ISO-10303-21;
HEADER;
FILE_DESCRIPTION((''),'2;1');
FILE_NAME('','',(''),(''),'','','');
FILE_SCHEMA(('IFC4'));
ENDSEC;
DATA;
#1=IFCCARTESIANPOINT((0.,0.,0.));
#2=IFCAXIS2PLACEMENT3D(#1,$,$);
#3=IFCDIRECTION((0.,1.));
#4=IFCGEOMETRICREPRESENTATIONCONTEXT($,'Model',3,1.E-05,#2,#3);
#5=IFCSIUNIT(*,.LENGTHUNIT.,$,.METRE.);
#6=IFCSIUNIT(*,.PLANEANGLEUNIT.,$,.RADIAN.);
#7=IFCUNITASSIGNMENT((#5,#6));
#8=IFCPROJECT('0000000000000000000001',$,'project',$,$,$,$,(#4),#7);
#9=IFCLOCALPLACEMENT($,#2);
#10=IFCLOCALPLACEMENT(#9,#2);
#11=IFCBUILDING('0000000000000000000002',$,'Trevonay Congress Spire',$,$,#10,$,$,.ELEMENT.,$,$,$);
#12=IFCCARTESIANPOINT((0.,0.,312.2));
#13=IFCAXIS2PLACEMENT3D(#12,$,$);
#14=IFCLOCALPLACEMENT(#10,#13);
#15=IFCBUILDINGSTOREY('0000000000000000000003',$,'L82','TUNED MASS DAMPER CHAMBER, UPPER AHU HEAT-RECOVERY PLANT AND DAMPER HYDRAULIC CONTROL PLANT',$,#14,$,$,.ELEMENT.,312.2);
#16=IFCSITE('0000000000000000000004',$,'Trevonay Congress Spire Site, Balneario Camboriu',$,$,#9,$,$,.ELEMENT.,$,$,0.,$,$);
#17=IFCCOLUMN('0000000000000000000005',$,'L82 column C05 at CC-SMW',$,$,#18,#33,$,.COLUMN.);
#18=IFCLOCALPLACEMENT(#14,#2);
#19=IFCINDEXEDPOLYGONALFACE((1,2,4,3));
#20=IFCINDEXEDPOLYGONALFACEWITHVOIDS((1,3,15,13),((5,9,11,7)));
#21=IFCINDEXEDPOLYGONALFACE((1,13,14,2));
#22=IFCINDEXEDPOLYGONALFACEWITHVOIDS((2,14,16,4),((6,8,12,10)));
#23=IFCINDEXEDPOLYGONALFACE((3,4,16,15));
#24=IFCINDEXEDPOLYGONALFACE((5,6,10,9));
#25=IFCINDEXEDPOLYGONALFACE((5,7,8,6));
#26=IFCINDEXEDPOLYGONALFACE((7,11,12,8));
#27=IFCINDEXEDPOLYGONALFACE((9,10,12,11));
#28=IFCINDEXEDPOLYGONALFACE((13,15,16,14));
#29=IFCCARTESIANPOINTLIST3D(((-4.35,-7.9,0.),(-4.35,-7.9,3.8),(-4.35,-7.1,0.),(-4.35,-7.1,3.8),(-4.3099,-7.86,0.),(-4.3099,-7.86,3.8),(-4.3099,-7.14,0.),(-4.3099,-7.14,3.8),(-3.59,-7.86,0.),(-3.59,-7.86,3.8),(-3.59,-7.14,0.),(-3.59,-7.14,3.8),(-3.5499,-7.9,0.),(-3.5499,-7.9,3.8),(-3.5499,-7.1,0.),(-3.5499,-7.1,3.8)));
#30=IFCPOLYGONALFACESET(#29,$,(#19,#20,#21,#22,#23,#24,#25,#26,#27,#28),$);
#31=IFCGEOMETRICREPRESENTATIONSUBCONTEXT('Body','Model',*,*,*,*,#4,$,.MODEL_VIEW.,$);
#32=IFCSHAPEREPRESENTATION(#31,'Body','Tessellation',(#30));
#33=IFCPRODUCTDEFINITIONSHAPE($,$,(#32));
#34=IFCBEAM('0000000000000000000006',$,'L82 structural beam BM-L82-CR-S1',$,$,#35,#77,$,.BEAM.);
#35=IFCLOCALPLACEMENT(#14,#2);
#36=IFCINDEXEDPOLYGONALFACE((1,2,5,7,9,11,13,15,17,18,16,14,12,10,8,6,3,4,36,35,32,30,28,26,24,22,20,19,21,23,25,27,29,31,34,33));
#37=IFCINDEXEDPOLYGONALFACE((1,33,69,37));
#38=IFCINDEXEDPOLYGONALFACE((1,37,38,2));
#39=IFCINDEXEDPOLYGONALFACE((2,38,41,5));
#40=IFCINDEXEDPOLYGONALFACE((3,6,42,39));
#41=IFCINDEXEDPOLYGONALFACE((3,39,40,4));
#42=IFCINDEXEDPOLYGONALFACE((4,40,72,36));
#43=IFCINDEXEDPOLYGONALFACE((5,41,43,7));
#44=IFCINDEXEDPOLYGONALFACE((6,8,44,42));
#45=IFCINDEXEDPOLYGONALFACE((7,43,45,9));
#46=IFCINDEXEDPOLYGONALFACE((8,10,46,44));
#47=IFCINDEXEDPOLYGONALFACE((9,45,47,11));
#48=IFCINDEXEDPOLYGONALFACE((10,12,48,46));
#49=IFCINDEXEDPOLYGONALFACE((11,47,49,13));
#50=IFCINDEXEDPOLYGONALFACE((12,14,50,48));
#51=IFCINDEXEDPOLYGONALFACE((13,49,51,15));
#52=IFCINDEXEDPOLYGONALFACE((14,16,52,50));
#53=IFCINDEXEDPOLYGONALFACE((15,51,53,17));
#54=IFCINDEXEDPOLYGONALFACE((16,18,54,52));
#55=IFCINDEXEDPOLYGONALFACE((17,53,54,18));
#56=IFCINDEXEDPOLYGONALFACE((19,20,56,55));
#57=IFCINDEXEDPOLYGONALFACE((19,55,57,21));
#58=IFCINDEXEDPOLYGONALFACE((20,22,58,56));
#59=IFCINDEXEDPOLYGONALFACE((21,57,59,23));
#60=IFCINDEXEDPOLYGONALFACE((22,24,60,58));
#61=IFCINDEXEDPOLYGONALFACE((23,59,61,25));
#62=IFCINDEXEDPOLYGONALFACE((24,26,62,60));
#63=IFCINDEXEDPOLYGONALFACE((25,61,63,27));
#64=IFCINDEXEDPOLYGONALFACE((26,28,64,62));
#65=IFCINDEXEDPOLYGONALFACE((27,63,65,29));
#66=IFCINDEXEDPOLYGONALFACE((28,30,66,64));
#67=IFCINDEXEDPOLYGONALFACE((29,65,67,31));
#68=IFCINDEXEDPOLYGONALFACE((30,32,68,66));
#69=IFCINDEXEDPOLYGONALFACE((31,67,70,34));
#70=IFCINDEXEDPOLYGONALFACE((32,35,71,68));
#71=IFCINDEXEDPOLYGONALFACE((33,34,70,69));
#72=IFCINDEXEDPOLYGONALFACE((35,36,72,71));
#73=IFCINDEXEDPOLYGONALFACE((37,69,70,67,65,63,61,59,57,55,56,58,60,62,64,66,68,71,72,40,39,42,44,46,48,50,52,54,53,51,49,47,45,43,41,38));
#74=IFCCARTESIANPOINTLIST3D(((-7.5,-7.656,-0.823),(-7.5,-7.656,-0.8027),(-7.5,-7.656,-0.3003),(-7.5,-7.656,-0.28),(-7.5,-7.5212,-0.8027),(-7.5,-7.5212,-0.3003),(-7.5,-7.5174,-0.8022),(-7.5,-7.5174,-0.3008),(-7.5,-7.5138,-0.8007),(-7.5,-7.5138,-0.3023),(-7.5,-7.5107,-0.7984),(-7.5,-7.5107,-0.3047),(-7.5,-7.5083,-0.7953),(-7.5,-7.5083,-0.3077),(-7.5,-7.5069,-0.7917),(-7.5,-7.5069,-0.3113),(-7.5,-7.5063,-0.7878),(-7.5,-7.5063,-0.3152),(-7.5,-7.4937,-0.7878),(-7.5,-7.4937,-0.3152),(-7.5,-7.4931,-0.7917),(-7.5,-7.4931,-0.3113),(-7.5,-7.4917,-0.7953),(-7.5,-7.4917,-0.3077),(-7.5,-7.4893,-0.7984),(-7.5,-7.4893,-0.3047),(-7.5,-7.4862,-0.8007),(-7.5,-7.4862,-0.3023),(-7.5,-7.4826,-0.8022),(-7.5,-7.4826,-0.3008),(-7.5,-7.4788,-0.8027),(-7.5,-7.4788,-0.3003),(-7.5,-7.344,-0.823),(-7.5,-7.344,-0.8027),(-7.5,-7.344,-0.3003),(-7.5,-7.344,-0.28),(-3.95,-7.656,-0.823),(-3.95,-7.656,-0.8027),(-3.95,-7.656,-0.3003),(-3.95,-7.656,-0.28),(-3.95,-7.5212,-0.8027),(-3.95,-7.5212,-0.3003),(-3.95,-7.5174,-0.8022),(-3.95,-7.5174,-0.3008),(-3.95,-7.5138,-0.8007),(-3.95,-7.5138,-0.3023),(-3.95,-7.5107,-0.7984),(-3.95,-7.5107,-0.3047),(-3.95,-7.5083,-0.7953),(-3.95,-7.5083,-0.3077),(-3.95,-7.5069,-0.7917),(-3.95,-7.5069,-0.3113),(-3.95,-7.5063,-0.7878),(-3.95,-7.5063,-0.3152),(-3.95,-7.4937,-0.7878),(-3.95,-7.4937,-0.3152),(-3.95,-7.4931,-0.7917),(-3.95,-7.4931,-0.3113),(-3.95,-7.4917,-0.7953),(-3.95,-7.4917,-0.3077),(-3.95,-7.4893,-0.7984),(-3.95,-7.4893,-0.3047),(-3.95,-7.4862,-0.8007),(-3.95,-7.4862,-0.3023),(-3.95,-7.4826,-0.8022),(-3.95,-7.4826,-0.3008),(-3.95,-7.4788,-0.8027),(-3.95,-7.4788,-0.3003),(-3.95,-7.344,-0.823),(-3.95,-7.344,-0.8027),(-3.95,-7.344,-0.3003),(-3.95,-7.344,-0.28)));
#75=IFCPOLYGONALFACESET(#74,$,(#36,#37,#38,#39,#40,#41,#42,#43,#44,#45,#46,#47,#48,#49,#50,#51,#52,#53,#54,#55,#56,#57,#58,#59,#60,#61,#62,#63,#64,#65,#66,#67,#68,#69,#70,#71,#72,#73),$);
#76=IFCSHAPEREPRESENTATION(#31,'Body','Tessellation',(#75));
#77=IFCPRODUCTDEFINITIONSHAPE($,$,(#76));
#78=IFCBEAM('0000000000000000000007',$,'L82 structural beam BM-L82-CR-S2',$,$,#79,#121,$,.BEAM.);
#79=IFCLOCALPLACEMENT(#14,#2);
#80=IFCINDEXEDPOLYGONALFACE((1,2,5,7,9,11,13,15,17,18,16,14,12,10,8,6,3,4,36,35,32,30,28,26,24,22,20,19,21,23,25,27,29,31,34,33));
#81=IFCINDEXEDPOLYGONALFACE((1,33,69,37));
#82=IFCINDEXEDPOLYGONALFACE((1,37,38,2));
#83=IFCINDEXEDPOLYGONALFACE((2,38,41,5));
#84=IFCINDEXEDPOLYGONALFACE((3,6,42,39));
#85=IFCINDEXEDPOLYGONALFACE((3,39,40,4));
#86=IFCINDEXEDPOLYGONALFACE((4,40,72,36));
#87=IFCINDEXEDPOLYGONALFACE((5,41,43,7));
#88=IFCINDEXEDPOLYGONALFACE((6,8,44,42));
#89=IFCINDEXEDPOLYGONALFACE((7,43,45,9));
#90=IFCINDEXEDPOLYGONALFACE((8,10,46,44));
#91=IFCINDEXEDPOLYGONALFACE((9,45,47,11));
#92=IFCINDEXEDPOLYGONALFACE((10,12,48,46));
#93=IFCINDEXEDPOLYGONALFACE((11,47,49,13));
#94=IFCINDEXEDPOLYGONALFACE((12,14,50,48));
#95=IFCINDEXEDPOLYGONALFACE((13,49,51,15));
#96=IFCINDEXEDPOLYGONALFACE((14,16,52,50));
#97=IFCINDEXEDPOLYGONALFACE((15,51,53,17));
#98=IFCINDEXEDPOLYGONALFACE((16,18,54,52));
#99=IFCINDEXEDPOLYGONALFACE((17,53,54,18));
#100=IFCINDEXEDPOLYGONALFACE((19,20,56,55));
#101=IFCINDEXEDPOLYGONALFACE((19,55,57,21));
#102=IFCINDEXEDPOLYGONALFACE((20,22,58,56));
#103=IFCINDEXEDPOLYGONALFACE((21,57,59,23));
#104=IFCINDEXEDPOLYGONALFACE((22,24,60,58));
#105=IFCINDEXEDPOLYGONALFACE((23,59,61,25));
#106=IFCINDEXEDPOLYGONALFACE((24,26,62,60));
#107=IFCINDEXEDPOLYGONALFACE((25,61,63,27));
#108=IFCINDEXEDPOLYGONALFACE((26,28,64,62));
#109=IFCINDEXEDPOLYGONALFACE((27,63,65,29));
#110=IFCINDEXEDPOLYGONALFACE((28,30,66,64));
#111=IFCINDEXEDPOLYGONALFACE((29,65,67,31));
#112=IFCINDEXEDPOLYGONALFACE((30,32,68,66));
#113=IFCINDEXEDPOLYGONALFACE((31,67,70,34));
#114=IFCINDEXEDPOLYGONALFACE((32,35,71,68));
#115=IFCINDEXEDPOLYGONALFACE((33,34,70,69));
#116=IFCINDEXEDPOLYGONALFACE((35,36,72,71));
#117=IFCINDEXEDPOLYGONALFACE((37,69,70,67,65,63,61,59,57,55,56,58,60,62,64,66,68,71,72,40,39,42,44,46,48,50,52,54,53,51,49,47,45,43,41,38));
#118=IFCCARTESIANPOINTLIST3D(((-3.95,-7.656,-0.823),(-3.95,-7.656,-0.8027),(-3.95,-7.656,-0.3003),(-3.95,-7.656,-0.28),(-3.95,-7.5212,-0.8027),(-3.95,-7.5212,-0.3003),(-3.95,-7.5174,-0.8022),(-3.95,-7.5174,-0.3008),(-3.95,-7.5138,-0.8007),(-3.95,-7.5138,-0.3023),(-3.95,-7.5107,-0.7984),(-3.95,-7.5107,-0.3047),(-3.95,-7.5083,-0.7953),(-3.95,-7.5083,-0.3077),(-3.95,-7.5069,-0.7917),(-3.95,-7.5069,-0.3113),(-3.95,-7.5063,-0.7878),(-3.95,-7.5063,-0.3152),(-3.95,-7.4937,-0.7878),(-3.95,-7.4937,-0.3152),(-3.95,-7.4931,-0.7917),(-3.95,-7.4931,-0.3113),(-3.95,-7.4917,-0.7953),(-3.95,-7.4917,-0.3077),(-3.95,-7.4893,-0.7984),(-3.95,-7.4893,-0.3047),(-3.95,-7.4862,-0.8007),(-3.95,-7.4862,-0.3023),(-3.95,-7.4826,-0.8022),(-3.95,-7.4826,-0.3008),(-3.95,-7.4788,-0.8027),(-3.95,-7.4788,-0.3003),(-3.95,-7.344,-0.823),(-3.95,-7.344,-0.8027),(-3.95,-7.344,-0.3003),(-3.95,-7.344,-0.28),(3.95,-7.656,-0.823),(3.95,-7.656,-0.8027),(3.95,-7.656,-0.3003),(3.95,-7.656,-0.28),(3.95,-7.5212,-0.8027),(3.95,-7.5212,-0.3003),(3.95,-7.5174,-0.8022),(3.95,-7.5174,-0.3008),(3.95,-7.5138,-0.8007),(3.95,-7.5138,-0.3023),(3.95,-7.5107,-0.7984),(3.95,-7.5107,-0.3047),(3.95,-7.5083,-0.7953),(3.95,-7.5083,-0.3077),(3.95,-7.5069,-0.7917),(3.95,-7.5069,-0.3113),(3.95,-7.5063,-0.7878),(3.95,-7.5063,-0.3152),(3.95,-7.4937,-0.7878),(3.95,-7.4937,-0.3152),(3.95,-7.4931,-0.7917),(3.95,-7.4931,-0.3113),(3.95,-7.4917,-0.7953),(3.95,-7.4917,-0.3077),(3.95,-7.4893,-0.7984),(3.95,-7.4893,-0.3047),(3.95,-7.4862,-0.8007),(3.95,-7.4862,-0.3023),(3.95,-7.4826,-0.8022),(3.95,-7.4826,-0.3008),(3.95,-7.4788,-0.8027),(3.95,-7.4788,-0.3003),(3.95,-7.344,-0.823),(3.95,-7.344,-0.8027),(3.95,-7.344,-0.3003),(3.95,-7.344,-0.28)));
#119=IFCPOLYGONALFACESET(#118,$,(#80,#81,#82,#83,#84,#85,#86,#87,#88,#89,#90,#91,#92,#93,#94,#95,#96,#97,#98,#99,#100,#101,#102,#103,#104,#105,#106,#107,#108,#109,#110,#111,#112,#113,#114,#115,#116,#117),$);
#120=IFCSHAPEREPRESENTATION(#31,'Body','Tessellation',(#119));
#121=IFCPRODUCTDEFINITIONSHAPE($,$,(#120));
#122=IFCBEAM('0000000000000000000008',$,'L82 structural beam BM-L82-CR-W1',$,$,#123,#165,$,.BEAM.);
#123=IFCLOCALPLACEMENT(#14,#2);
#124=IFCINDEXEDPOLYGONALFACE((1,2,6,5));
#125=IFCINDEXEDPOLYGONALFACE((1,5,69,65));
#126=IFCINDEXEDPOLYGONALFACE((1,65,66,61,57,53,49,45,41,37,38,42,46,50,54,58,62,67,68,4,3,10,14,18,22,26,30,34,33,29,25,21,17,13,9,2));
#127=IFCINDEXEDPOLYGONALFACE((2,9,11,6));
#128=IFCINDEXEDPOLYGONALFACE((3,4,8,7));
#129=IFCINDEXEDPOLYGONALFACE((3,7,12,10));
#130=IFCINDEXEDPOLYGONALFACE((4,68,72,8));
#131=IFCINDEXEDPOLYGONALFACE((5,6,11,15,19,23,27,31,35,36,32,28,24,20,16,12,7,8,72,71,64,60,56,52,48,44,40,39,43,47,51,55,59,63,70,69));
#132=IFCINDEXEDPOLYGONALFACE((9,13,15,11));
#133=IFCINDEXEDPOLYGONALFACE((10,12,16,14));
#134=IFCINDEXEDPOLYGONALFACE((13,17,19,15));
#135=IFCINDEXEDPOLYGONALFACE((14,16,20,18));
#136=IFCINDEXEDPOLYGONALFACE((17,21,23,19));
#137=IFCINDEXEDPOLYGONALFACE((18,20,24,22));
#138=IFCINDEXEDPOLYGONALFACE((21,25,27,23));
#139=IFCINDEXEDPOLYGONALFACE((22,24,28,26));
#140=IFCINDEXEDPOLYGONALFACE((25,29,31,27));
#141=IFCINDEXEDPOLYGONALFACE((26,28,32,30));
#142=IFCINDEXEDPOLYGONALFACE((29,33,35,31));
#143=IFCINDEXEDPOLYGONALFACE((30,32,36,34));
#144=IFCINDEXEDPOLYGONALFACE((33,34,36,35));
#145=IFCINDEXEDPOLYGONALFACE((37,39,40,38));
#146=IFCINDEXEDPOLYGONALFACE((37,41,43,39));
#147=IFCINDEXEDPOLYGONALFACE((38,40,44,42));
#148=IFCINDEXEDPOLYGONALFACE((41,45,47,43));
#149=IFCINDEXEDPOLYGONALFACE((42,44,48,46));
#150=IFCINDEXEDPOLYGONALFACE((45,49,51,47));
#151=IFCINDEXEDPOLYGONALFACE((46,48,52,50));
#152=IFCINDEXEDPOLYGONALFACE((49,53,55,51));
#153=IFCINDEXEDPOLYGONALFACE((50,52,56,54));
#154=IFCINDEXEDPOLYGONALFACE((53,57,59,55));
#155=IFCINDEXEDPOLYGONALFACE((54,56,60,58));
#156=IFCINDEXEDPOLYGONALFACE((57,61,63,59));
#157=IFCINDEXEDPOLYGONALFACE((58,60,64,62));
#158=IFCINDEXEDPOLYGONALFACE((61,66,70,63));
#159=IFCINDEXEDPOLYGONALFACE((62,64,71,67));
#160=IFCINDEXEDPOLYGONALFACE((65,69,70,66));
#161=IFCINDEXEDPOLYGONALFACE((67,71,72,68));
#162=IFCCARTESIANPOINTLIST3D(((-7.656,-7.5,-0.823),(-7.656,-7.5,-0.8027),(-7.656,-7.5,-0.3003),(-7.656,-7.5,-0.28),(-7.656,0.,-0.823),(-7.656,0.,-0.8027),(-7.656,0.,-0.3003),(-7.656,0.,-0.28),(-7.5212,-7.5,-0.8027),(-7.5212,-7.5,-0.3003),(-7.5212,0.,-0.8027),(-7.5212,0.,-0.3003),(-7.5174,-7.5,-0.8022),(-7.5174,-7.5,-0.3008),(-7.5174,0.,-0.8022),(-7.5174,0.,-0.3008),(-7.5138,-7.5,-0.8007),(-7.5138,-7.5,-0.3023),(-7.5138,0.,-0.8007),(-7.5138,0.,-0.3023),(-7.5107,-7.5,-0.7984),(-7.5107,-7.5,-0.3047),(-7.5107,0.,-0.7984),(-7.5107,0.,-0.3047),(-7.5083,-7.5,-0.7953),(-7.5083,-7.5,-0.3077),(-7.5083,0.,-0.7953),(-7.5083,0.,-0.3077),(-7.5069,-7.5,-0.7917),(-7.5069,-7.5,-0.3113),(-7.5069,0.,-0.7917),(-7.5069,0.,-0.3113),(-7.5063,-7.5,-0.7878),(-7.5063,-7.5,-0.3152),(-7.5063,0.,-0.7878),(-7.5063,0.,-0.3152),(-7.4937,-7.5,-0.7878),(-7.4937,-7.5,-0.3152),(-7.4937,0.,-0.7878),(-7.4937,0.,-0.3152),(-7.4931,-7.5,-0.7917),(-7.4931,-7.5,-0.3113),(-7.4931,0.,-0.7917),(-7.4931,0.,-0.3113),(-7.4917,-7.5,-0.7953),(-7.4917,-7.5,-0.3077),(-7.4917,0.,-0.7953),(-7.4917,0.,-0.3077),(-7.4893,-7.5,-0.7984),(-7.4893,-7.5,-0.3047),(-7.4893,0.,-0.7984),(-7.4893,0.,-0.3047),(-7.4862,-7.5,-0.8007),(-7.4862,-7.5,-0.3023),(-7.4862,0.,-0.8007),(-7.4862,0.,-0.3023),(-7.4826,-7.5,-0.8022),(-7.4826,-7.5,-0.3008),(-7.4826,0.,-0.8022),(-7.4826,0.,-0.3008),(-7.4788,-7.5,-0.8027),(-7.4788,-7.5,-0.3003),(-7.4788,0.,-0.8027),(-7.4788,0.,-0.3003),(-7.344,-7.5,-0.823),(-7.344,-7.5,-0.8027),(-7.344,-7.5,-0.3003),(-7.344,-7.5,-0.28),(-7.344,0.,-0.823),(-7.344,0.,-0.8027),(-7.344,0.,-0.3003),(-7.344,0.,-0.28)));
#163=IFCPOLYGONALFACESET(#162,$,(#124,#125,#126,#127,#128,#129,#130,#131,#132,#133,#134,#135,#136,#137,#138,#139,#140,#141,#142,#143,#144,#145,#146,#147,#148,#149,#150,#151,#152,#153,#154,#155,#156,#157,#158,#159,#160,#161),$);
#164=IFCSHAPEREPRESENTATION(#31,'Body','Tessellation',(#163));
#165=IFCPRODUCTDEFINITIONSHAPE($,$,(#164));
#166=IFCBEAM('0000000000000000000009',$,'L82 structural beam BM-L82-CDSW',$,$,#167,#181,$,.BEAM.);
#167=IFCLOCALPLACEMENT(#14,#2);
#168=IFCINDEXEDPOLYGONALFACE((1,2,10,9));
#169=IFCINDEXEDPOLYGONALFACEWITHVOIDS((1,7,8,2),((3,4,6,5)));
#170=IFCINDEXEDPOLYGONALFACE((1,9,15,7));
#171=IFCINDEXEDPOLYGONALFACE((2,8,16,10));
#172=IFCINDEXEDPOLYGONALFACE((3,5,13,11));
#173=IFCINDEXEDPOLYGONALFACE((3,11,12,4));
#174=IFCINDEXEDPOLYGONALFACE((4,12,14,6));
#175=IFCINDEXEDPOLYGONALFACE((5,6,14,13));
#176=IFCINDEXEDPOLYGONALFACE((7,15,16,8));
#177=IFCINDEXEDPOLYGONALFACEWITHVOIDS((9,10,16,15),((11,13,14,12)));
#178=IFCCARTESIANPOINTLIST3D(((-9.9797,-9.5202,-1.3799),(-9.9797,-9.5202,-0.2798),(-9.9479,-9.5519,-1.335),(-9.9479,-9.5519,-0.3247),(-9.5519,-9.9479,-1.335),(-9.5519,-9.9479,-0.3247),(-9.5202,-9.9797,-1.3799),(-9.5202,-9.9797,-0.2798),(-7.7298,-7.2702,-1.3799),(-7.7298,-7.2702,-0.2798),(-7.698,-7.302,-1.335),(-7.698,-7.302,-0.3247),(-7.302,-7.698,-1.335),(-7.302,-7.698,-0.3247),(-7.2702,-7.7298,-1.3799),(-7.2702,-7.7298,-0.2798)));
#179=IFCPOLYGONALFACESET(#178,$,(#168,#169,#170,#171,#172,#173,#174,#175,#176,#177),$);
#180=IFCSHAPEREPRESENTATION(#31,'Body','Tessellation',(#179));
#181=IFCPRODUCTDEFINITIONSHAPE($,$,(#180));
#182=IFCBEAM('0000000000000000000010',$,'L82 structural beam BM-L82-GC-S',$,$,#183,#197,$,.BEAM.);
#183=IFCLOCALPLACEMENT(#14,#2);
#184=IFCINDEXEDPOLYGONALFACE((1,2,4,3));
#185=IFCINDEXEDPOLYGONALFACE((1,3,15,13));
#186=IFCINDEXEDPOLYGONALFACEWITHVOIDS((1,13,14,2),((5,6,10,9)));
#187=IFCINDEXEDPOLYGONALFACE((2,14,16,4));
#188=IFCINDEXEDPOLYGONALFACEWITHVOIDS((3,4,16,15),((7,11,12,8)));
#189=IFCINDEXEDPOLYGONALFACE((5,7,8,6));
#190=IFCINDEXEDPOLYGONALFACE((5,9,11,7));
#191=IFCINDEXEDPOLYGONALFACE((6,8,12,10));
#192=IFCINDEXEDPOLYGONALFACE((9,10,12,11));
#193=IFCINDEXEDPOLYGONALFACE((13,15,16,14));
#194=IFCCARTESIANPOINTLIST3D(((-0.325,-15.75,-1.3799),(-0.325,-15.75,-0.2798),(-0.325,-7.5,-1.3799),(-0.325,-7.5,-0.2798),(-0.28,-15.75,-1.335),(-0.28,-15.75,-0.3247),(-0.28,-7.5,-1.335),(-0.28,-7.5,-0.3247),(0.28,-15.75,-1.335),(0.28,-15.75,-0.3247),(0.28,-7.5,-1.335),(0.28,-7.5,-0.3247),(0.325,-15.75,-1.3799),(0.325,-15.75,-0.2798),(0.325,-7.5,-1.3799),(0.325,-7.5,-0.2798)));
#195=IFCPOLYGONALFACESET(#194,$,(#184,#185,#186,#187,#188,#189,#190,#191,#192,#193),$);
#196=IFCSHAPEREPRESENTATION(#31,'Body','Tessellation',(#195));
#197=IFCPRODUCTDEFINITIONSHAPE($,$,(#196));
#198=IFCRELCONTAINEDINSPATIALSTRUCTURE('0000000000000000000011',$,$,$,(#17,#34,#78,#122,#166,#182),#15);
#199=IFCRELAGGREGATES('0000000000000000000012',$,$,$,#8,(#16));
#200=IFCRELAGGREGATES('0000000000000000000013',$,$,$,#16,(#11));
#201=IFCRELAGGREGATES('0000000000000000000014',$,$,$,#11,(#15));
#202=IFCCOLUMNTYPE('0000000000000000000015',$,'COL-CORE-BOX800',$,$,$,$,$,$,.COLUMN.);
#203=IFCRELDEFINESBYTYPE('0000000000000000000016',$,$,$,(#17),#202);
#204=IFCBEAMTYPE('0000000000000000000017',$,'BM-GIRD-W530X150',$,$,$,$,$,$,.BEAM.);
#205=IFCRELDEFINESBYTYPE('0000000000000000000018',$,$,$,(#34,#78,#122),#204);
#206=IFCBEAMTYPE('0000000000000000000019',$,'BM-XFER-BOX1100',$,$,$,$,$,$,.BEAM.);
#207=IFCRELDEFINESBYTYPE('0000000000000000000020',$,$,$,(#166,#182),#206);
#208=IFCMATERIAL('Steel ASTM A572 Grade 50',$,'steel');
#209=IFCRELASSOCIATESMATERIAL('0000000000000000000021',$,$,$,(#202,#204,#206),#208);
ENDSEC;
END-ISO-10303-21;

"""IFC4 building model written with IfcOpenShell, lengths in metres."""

from ifc_helpers import new_model, si_unit, direction, frame, origin, origin_2d, place, context, subcontext, project, spatial, hollow_rectangle, i_section, extrude, material, material_profile, profile_set, type_object, element, save


model = new_model("IFC4")

# Units and contexts
model_context = context("Model", 3, precision=1e-05, world=origin(), true_north=direction((0.0, 1.0)))
body_context = subcontext(model_context, "Body", "Model", "MODEL_VIEW")
ifc_project = project(units=[si_unit("LENGTHUNIT", "METRE"), si_unit("PLANEANGLEUNIT", "RADIAN")], contexts=[model_context])

# Site, building, storey
site_placement = place(None, origin())
site = spatial("IfcSite", under=ifc_project, at=site_placement, Name="Trevonay Congress Spire Site, Balneario Camboriu", CompositionType="ELEMENT", RefElevation=0.0)
building_placement = place(site_placement, origin())
building = spatial("IfcBuilding", under=site, at=building_placement, Name="Trevonay Congress Spire", CompositionType="ELEMENT")
storey_placement = place(building_placement, frame((0.0, 0.0, 312.2)))
storey = spatial("IfcBuildingStorey", under=building, at=storey_placement, Name="L82", Description="TUNED MASS DAMPER CHAMBER, UPPER AHU HEAT-RECOVERY PLANT AND DAMPER HYDRAULIC CONTROL PLANT", CompositionType="ELEMENT", Elevation=312.2)

# Column
ifc_material_1 = material(Name="Steel ASTM A572 Grade 50", Category="steel")
ifc_material_profile_1 = material_profile(ifc_material_1, hollow_rectangle(XDim=0.8, YDim=0.8, WallThickness=0.04, at=origin_2d()), Name="BOX 800x800x40")
ifc_profile_set_1 = profile_set([ifc_material_profile_1], Name="Steel ASTM A572 Grade 50")
column_type = type_object("IfcColumnType", Name="COL-CORE-BOX800", PredefinedType="COLUMN", material=ifc_profile_set_1)
column_placement = place(storey_placement, frame((-3.95, -7.5, 0.0), z_axis=(0.0, 0.0, 1.0), x_axis=(1.0, 0.0, 0.0)))
element("IfcColumn", 1, at=column_placement, inside=storey, type_object=column_type, Name="L82 column C05 at CC-SMW", PredefinedType="COLUMN", context=body_context, shape_type="SweptSolid", body=[
    extrude(hollow_rectangle(XDim=0.8, YDim=0.8, WallThickness=0.04, at=origin_2d()), origin(), (0.0, 0.0, 1.0), 3.8),
])

# Beams
ifc_material_profile_2 = material_profile(ifc_material_1, i_section(OverallWidth=0.312, OverallDepth=0.543, WebThickness=0.0127, FlangeThickness=0.0203, FilletRadius=0.0149, at=origin_2d()), Name="W530x150")
ifc_profile_set_2 = profile_set([ifc_material_profile_2], Name="Steel ASTM A572 Grade 50")
beam_type_1 = type_object("IfcBeamType", Name="BM-GIRD-W530X150", PredefinedType="BEAM", material=ifc_profile_set_2)
beam_1_placement = place(storey_placement, frame((-7.5, -7.5, -0.5515), z_axis=(1.0, 0.0, 0.0), x_axis=(0.0, 1.0, 0.0)))
element("IfcBeam", 2, at=beam_1_placement, inside=storey, type_object=beam_type_1, Name="L82 structural beam BM-L82-CR-S1", PredefinedType="BEAM", context=body_context, shape_type="SweptSolid", body=[
    extrude(i_section(OverallWidth=0.312, OverallDepth=0.543, WebThickness=0.0127, FlangeThickness=0.0203, FilletRadius=0.0149, at=origin_2d()), origin(), (0.0, 0.0, 1.0), 3.55),
])
beam_2_placement = place(storey_placement, frame((-3.95, -7.5, -0.5515), z_axis=(1.0, 0.0, 0.0), x_axis=(0.0, 1.0, 0.0)))
element("IfcBeam", 3, at=beam_2_placement, inside=storey, type_object=beam_type_1, Name="L82 structural beam BM-L82-CR-S2", PredefinedType="BEAM", context=body_context, shape_type="SweptSolid", body=[
    extrude(i_section(OverallWidth=0.312, OverallDepth=0.543, WebThickness=0.0127, FlangeThickness=0.0203, FilletRadius=0.0149, at=origin_2d()), origin(), (0.0, 0.0, 1.0), 7.8999),
])
beam_3_placement = place(storey_placement, frame((-7.5, -7.5, -0.5515), z_axis=(0.0, 1.0, 0.0), x_axis=(-1.0, 0.0, 0.0)))
element("IfcBeam", 4, at=beam_3_placement, inside=storey, type_object=beam_type_1, Name="L82 structural beam BM-L82-CR-W1", PredefinedType="BEAM", context=body_context, shape_type="SweptSolid", body=[
    extrude(i_section(OverallWidth=0.312, OverallDepth=0.543, WebThickness=0.0127, FlangeThickness=0.0203, FilletRadius=0.0149, at=origin_2d()), origin(), (0.0, 0.0, 1.0), 7.5),
])
ifc_material_profile_3 = material_profile(ifc_material_1, hollow_rectangle(XDim=0.6499, YDim=1.1001, WallThickness=0.0449, at=origin_2d()), Name="BOX 1100x650x45")
ifc_profile_set_3 = profile_set([ifc_material_profile_3], Name="Steel ASTM A572 Grade 50")
beam_type_2 = type_object("IfcBeamType", Name="BM-XFER-BOX1100", PredefinedType="BEAM", material=ifc_profile_set_3)
beam_4_placement = place(storey_placement, frame((-7.5, -7.5, -0.8298), z_axis=(-0.707107, -0.707107, 0.0), x_axis=(0.707107, -0.707107, 0.0)))
element("IfcBeam", 5, at=beam_4_placement, inside=storey, type_object=beam_type_2, Name="L82 structural beam BM-L82-CDSW", PredefinedType="BEAM", context=body_context, shape_type="SweptSolid", body=[
    extrude(hollow_rectangle(XDim=0.6499, YDim=1.1001, WallThickness=0.0449, at=origin_2d()), origin(), (0.0, 0.0, 1.0), 3.1819),
])
beam_5_placement = place(storey_placement, frame((0.0, -7.5, -0.8298), z_axis=(0.0, -1.0, 0.0), x_axis=(1.0, 0.0, 0.0)))
element("IfcBeam", 6, at=beam_5_placement, inside=storey, type_object=beam_type_2, Name="L82 structural beam BM-L82-GC-S", PredefinedType="BEAM", context=body_context, shape_type="SweptSolid", body=[
    extrude(hollow_rectangle(XDim=0.6499, YDim=1.1001, WallThickness=0.0449, at=origin_2d()), origin(), (0.0, 0.0, 1.0), 8.25),
])

save(model, "model.ifc")
